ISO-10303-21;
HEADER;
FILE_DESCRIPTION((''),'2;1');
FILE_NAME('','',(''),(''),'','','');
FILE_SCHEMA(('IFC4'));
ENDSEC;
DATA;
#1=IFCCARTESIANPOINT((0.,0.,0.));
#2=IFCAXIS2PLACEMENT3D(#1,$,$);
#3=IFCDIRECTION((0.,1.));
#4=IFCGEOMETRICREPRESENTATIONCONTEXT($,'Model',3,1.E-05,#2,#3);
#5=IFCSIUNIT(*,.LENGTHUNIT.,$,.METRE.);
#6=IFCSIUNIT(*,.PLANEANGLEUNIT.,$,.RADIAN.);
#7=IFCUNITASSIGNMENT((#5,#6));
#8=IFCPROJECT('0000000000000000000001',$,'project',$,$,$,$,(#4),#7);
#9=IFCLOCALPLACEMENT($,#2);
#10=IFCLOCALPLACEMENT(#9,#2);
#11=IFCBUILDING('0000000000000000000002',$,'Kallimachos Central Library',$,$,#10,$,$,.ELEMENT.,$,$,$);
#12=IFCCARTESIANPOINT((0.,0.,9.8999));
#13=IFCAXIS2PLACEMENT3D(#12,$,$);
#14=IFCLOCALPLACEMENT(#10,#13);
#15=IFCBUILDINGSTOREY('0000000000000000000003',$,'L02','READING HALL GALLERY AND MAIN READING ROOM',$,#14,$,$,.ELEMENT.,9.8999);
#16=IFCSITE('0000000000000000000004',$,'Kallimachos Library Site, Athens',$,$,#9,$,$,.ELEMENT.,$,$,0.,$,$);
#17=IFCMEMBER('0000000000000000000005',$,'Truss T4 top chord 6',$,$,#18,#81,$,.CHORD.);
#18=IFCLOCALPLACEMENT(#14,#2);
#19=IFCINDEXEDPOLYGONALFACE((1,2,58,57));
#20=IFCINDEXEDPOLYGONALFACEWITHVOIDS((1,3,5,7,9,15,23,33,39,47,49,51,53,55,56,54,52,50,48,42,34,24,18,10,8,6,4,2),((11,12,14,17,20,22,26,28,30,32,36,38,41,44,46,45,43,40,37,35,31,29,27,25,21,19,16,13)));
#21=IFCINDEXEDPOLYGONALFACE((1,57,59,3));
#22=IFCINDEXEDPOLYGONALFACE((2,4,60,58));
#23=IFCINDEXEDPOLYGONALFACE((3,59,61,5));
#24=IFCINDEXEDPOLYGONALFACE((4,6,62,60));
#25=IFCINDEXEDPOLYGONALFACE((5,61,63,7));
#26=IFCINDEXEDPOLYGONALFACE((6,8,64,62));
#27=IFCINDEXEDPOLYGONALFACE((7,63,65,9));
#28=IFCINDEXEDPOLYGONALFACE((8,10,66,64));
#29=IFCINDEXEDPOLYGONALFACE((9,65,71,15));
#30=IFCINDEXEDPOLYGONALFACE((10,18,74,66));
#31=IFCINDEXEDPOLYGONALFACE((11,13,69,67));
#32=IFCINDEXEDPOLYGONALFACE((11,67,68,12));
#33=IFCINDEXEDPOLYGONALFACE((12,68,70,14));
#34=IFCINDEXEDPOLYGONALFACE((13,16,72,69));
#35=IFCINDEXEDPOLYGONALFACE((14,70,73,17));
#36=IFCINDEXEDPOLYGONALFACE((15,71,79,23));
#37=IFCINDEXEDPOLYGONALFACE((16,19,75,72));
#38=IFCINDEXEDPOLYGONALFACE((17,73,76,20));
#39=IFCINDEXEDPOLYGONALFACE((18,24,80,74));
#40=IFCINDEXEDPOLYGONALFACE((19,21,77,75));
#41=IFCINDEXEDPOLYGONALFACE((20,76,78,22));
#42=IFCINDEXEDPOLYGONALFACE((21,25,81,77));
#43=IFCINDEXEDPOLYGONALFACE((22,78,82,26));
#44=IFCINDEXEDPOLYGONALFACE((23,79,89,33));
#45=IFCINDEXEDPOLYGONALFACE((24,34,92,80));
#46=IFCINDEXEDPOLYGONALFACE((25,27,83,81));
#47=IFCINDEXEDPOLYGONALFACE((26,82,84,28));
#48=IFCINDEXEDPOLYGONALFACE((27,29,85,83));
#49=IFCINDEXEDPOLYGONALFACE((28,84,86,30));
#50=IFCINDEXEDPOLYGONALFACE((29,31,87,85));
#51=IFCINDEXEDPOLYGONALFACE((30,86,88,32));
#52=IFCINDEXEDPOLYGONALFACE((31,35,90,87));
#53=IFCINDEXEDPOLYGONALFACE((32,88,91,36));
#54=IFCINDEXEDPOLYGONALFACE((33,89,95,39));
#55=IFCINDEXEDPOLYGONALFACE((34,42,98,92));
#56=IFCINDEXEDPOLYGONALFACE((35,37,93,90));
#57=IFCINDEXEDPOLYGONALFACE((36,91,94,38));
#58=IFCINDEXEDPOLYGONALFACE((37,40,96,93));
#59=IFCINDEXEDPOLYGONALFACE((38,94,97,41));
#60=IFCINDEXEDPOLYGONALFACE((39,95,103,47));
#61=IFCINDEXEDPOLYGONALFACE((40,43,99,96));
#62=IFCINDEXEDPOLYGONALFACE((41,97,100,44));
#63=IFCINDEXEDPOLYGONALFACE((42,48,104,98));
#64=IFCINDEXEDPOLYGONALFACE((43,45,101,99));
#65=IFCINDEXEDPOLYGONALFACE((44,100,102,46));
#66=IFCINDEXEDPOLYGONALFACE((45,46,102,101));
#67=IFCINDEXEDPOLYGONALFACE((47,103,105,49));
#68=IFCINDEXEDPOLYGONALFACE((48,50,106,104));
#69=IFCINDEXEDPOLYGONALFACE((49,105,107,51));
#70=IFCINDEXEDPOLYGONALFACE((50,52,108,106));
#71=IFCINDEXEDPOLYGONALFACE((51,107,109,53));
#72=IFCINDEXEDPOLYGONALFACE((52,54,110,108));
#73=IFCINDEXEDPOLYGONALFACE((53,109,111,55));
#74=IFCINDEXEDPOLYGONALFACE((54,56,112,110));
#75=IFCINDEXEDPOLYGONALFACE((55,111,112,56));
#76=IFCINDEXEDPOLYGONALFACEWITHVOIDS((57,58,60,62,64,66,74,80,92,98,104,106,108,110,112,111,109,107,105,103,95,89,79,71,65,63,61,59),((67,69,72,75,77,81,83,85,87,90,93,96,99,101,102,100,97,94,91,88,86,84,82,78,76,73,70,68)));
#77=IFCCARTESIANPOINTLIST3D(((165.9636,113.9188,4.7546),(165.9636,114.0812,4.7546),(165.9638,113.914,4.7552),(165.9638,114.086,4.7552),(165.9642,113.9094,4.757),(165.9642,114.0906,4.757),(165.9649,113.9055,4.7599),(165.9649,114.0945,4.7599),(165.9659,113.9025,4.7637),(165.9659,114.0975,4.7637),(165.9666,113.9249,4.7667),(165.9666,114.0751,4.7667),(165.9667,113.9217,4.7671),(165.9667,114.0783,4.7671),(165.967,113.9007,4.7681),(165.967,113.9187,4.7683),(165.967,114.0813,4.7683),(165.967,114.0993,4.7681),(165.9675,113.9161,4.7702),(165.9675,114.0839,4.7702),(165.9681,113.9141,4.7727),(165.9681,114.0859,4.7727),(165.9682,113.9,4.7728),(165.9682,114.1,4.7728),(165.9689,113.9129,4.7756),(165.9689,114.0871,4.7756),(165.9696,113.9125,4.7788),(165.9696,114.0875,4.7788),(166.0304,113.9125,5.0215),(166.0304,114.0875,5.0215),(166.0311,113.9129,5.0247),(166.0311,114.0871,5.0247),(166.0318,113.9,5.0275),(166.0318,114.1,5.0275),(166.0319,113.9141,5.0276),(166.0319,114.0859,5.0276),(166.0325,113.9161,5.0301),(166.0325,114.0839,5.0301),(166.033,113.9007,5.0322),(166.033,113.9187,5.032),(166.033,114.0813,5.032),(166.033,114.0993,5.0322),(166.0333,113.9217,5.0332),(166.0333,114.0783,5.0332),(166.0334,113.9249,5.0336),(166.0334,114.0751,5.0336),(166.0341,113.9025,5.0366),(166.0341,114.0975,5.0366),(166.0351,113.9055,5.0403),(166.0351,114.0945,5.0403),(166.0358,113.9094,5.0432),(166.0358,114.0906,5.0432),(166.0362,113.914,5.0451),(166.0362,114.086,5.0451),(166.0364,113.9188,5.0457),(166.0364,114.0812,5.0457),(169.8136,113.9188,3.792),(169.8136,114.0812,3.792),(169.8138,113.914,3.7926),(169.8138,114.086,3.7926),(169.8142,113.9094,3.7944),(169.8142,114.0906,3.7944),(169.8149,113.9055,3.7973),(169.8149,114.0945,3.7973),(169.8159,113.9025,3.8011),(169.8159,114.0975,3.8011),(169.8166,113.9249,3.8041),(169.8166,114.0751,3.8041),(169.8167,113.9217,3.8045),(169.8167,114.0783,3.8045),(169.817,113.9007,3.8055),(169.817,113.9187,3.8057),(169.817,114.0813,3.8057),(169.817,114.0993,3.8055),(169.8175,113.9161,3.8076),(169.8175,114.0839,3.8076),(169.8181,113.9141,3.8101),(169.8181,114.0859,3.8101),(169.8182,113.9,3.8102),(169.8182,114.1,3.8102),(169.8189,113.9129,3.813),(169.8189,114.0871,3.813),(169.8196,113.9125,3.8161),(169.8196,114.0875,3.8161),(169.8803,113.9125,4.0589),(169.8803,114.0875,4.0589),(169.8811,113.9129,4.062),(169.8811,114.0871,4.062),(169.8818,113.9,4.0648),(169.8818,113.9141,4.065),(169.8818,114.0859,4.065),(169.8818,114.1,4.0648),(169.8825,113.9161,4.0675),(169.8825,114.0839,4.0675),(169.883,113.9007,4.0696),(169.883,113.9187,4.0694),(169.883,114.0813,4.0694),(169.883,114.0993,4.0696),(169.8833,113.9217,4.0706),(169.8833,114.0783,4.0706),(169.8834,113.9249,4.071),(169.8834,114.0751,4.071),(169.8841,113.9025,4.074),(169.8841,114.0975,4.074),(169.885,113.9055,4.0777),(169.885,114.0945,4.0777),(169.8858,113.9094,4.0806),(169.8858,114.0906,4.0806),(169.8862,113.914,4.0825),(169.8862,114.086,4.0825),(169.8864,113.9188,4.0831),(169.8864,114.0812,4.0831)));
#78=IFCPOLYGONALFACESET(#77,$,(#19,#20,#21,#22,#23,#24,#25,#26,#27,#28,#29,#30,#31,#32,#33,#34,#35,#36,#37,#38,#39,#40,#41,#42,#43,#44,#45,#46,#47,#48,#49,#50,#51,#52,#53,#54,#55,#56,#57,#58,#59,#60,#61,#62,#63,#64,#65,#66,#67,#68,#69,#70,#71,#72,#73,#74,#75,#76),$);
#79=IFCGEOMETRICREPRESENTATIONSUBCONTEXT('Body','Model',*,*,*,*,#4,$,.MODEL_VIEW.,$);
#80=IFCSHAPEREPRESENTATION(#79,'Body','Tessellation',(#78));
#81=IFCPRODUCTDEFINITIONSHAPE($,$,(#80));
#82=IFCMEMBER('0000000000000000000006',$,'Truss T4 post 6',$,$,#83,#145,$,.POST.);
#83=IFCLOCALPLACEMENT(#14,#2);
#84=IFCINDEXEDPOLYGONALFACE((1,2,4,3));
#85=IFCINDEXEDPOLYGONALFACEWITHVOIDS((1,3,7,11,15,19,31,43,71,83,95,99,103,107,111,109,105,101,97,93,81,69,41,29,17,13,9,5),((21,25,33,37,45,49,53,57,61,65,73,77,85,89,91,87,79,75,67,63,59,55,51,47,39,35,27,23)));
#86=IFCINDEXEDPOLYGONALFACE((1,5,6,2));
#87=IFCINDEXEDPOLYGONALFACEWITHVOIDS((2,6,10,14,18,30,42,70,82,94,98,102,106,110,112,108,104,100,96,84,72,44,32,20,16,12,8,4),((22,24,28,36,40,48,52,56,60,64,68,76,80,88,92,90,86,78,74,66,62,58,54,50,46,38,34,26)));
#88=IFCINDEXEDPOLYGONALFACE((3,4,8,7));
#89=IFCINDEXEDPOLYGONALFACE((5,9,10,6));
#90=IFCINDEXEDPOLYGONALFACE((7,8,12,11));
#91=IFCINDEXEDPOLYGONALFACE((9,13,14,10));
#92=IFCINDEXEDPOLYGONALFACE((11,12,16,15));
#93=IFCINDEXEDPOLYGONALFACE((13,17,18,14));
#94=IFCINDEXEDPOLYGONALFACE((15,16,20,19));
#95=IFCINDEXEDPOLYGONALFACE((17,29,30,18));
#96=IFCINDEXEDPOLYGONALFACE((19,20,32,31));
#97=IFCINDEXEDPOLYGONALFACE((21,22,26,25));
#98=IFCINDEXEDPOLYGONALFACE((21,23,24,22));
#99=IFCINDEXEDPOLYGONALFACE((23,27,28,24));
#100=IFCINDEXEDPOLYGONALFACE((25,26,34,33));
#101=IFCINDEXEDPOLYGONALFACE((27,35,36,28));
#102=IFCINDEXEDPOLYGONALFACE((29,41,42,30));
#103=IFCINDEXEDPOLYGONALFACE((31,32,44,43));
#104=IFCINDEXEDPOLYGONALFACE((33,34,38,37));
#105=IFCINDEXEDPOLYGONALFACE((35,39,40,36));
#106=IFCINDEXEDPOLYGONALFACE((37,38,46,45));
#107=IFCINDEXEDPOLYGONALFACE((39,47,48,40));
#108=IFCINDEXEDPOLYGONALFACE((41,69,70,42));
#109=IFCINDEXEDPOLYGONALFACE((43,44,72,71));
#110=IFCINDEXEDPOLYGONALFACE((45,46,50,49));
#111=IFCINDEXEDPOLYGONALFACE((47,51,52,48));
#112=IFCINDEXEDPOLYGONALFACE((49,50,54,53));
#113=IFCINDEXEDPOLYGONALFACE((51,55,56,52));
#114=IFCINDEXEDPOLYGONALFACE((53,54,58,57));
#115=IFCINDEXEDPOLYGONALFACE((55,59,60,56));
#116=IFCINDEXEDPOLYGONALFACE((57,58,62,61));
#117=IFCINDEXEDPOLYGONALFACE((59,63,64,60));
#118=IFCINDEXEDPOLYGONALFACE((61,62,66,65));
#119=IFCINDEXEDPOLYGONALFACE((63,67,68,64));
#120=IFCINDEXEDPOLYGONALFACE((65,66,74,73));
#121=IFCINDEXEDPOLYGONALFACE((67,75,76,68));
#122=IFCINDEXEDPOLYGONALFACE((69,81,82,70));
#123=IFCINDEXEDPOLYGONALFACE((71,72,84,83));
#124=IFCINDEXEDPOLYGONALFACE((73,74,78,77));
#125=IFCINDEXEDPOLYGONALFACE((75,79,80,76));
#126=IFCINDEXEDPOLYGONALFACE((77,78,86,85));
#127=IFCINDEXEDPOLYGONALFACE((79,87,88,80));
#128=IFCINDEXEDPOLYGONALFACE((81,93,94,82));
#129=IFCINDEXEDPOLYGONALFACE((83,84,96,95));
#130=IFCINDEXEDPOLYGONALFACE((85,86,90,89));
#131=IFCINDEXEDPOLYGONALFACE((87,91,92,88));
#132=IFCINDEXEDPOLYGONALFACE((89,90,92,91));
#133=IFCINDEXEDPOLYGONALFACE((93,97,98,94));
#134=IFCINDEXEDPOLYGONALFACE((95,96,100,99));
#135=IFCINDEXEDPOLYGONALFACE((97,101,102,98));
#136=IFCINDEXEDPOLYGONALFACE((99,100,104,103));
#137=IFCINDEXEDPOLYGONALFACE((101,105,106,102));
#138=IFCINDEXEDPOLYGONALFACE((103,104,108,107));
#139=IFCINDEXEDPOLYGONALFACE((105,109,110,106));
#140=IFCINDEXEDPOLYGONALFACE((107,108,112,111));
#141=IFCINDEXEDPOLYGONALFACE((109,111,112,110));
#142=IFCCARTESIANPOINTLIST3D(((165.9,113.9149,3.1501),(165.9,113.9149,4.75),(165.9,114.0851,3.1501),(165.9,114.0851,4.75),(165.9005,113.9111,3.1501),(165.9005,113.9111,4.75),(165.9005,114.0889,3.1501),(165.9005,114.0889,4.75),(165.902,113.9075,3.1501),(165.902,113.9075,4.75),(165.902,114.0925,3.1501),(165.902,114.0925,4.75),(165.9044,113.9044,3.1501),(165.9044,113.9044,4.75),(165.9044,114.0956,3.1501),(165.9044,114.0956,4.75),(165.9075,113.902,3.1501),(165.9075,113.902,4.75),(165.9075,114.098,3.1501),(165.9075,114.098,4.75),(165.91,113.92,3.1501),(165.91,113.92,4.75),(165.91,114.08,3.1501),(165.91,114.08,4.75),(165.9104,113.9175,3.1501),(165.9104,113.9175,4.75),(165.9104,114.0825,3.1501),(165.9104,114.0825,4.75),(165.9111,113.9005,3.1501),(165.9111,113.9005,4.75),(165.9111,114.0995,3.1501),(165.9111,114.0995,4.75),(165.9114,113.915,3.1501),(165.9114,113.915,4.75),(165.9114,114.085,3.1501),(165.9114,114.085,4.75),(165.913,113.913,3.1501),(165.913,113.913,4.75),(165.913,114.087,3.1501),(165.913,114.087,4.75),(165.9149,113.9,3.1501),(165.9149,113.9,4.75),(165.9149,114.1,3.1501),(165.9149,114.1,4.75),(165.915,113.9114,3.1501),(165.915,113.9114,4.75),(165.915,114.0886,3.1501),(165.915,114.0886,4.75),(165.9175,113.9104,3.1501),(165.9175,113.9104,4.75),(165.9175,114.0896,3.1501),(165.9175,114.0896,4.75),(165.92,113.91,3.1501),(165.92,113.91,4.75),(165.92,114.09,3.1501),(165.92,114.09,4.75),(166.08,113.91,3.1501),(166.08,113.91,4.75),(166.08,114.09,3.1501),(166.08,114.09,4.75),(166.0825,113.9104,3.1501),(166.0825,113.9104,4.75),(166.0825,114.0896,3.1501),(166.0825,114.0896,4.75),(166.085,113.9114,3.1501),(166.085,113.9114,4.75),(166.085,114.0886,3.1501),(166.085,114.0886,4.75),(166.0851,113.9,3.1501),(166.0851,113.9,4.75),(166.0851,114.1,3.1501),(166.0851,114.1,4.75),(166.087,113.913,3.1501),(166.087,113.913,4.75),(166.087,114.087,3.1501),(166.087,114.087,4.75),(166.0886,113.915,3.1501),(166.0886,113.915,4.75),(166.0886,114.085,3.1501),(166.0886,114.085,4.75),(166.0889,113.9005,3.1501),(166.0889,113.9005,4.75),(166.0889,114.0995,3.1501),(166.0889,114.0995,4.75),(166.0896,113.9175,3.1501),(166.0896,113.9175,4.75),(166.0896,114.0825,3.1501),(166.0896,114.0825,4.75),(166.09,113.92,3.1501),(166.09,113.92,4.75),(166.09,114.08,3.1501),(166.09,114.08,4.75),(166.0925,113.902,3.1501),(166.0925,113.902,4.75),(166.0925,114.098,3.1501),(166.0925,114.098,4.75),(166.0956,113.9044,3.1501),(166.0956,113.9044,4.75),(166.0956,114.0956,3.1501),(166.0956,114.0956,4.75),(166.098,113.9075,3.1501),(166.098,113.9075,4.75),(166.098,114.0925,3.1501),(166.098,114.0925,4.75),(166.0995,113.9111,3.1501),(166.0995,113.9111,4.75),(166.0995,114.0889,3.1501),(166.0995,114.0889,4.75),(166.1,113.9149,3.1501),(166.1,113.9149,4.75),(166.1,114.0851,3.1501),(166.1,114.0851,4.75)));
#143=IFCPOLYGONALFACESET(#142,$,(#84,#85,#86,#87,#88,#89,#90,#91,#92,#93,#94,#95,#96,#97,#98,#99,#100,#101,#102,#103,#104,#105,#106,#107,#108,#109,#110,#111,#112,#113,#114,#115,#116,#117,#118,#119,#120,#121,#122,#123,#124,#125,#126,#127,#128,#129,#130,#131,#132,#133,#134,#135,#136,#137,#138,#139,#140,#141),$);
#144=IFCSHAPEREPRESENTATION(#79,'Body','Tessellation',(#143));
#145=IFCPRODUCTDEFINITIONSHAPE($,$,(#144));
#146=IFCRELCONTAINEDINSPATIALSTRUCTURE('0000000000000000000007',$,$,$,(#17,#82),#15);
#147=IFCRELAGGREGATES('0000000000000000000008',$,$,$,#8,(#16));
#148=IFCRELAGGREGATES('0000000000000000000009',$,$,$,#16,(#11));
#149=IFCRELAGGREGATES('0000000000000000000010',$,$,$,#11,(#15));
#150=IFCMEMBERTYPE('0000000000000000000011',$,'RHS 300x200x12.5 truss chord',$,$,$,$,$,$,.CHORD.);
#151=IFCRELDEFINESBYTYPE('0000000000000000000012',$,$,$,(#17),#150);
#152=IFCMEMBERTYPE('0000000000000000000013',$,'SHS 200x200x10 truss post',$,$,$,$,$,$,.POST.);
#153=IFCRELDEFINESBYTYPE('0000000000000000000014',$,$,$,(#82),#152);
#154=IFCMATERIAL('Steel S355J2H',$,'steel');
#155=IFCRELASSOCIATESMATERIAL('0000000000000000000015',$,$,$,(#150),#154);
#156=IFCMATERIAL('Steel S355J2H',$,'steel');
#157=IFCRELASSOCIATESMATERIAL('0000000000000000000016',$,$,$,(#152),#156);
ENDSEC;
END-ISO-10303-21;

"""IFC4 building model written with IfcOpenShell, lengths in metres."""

from ifc_helpers import new_model, si_unit, direction, frame, origin, origin_2d, place, context, subcontext, project, spatial, hollow_rectangle, extrude, material, material_profile, profile_set, type_object, element, save


model = new_model("IFC4")

# Units and contexts
model_context = context("Model", 3, precision=1e-05, world=origin(), true_north=direction((0.0, 1.0)))
body_context = subcontext(model_context, "Body", "Model", "MODEL_VIEW")
ifc_project = project(units=[si_unit("LENGTHUNIT", "METRE"), si_unit("PLANEANGLEUNIT", "RADIAN")], contexts=[model_context])

# Site, building, storey
site_placement = place(None, origin())
site = spatial("IfcSite", under=ifc_project, at=site_placement, Name="Kallimachos Library Site, Athens", CompositionType="ELEMENT", RefElevation=0.0)
building_placement = place(site_placement, origin())
building = spatial("IfcBuilding", under=site, at=building_placement, Name="Kallimachos Central Library", CompositionType="ELEMENT")
storey_placement = place(building_placement, frame((0.0, 0.0, 9.8999)))
storey = spatial("IfcBuildingStorey", under=building, at=storey_placement, Name="L02", Description="READING HALL GALLERY AND MAIN READING ROOM", CompositionType="ELEMENT", Elevation=9.8999)

# Members
ifc_material_1 = material(Name="Steel S355J2H", Category="steel")
ifc_material_profile_1 = material_profile(ifc_material_1, hollow_rectangle(XDim=0.2, YDim=0.3, WallThickness=0.0125, InnerFilletRadius=0.0125, OuterFilletRadius=0.0188, at=origin_2d()), Name="RHS 300x200x12.5")
ifc_profile_set_1 = profile_set([ifc_material_profile_1], Name="Steel S355J2H")
member_type_1 = type_object("IfcMemberType", Name="RHS 300x200x12.5 truss chord", PredefinedType="CHORD", material=ifc_profile_set_1)
member_1_placement = place(storey_placement, frame((166.0, 114.0, 4.9001), z_axis=(0.970135, 0.0, -0.242565), x_axis=(0.0, 1.0, 0.0)))
element("IfcMember", 1, at=member_1_placement, inside=storey, type_object=member_type_1, Name="Truss T4 top chord 6", PredefinedType="CHORD", context=body_context, shape_type="SweptSolid", body=[
    extrude(hollow_rectangle(XDim=0.2, YDim=0.3, WallThickness=0.0125, InnerFilletRadius=0.0125, OuterFilletRadius=0.0188, at=origin_2d()), origin(), (0.0, 0.0, 1.0), 3.9685),
])
ifc_material_2 = material(Name="Steel S355J2H", Category="steel")
ifc_material_profile_2 = material_profile(ifc_material_2, hollow_rectangle(XDim=0.2, YDim=0.2, WallThickness=0.01, InnerFilletRadius=0.01, OuterFilletRadius=0.0149, at=origin_2d()), Name="SHS 200x200x10")
ifc_profile_set_2 = profile_set([ifc_material_profile_2], Name="Steel S355J2H")
member_type_2 = type_object("IfcMemberType", Name="SHS 200x200x10 truss post", PredefinedType="POST", material=ifc_profile_set_2)
member_2_placement = place(storey_placement, frame((166.0, 114.0, 3.1501), z_axis=(0.0, 0.0, 1.0), x_axis=(1.0, 0.0, 0.0)))
element("IfcMember", 2, at=member_2_placement, inside=storey, type_object=member_type_2, Name="Truss T4 post 6", PredefinedType="POST", context=body_context, shape_type="SweptSolid", body=[
    extrude(hollow_rectangle(XDim=0.2, YDim=0.2, WallThickness=0.01, InnerFilletRadius=0.01, OuterFilletRadius=0.0149, at=origin_2d()), origin(), (0.0, 0.0, 1.0), 1.5999),
])

save(model, "model.ifc")
